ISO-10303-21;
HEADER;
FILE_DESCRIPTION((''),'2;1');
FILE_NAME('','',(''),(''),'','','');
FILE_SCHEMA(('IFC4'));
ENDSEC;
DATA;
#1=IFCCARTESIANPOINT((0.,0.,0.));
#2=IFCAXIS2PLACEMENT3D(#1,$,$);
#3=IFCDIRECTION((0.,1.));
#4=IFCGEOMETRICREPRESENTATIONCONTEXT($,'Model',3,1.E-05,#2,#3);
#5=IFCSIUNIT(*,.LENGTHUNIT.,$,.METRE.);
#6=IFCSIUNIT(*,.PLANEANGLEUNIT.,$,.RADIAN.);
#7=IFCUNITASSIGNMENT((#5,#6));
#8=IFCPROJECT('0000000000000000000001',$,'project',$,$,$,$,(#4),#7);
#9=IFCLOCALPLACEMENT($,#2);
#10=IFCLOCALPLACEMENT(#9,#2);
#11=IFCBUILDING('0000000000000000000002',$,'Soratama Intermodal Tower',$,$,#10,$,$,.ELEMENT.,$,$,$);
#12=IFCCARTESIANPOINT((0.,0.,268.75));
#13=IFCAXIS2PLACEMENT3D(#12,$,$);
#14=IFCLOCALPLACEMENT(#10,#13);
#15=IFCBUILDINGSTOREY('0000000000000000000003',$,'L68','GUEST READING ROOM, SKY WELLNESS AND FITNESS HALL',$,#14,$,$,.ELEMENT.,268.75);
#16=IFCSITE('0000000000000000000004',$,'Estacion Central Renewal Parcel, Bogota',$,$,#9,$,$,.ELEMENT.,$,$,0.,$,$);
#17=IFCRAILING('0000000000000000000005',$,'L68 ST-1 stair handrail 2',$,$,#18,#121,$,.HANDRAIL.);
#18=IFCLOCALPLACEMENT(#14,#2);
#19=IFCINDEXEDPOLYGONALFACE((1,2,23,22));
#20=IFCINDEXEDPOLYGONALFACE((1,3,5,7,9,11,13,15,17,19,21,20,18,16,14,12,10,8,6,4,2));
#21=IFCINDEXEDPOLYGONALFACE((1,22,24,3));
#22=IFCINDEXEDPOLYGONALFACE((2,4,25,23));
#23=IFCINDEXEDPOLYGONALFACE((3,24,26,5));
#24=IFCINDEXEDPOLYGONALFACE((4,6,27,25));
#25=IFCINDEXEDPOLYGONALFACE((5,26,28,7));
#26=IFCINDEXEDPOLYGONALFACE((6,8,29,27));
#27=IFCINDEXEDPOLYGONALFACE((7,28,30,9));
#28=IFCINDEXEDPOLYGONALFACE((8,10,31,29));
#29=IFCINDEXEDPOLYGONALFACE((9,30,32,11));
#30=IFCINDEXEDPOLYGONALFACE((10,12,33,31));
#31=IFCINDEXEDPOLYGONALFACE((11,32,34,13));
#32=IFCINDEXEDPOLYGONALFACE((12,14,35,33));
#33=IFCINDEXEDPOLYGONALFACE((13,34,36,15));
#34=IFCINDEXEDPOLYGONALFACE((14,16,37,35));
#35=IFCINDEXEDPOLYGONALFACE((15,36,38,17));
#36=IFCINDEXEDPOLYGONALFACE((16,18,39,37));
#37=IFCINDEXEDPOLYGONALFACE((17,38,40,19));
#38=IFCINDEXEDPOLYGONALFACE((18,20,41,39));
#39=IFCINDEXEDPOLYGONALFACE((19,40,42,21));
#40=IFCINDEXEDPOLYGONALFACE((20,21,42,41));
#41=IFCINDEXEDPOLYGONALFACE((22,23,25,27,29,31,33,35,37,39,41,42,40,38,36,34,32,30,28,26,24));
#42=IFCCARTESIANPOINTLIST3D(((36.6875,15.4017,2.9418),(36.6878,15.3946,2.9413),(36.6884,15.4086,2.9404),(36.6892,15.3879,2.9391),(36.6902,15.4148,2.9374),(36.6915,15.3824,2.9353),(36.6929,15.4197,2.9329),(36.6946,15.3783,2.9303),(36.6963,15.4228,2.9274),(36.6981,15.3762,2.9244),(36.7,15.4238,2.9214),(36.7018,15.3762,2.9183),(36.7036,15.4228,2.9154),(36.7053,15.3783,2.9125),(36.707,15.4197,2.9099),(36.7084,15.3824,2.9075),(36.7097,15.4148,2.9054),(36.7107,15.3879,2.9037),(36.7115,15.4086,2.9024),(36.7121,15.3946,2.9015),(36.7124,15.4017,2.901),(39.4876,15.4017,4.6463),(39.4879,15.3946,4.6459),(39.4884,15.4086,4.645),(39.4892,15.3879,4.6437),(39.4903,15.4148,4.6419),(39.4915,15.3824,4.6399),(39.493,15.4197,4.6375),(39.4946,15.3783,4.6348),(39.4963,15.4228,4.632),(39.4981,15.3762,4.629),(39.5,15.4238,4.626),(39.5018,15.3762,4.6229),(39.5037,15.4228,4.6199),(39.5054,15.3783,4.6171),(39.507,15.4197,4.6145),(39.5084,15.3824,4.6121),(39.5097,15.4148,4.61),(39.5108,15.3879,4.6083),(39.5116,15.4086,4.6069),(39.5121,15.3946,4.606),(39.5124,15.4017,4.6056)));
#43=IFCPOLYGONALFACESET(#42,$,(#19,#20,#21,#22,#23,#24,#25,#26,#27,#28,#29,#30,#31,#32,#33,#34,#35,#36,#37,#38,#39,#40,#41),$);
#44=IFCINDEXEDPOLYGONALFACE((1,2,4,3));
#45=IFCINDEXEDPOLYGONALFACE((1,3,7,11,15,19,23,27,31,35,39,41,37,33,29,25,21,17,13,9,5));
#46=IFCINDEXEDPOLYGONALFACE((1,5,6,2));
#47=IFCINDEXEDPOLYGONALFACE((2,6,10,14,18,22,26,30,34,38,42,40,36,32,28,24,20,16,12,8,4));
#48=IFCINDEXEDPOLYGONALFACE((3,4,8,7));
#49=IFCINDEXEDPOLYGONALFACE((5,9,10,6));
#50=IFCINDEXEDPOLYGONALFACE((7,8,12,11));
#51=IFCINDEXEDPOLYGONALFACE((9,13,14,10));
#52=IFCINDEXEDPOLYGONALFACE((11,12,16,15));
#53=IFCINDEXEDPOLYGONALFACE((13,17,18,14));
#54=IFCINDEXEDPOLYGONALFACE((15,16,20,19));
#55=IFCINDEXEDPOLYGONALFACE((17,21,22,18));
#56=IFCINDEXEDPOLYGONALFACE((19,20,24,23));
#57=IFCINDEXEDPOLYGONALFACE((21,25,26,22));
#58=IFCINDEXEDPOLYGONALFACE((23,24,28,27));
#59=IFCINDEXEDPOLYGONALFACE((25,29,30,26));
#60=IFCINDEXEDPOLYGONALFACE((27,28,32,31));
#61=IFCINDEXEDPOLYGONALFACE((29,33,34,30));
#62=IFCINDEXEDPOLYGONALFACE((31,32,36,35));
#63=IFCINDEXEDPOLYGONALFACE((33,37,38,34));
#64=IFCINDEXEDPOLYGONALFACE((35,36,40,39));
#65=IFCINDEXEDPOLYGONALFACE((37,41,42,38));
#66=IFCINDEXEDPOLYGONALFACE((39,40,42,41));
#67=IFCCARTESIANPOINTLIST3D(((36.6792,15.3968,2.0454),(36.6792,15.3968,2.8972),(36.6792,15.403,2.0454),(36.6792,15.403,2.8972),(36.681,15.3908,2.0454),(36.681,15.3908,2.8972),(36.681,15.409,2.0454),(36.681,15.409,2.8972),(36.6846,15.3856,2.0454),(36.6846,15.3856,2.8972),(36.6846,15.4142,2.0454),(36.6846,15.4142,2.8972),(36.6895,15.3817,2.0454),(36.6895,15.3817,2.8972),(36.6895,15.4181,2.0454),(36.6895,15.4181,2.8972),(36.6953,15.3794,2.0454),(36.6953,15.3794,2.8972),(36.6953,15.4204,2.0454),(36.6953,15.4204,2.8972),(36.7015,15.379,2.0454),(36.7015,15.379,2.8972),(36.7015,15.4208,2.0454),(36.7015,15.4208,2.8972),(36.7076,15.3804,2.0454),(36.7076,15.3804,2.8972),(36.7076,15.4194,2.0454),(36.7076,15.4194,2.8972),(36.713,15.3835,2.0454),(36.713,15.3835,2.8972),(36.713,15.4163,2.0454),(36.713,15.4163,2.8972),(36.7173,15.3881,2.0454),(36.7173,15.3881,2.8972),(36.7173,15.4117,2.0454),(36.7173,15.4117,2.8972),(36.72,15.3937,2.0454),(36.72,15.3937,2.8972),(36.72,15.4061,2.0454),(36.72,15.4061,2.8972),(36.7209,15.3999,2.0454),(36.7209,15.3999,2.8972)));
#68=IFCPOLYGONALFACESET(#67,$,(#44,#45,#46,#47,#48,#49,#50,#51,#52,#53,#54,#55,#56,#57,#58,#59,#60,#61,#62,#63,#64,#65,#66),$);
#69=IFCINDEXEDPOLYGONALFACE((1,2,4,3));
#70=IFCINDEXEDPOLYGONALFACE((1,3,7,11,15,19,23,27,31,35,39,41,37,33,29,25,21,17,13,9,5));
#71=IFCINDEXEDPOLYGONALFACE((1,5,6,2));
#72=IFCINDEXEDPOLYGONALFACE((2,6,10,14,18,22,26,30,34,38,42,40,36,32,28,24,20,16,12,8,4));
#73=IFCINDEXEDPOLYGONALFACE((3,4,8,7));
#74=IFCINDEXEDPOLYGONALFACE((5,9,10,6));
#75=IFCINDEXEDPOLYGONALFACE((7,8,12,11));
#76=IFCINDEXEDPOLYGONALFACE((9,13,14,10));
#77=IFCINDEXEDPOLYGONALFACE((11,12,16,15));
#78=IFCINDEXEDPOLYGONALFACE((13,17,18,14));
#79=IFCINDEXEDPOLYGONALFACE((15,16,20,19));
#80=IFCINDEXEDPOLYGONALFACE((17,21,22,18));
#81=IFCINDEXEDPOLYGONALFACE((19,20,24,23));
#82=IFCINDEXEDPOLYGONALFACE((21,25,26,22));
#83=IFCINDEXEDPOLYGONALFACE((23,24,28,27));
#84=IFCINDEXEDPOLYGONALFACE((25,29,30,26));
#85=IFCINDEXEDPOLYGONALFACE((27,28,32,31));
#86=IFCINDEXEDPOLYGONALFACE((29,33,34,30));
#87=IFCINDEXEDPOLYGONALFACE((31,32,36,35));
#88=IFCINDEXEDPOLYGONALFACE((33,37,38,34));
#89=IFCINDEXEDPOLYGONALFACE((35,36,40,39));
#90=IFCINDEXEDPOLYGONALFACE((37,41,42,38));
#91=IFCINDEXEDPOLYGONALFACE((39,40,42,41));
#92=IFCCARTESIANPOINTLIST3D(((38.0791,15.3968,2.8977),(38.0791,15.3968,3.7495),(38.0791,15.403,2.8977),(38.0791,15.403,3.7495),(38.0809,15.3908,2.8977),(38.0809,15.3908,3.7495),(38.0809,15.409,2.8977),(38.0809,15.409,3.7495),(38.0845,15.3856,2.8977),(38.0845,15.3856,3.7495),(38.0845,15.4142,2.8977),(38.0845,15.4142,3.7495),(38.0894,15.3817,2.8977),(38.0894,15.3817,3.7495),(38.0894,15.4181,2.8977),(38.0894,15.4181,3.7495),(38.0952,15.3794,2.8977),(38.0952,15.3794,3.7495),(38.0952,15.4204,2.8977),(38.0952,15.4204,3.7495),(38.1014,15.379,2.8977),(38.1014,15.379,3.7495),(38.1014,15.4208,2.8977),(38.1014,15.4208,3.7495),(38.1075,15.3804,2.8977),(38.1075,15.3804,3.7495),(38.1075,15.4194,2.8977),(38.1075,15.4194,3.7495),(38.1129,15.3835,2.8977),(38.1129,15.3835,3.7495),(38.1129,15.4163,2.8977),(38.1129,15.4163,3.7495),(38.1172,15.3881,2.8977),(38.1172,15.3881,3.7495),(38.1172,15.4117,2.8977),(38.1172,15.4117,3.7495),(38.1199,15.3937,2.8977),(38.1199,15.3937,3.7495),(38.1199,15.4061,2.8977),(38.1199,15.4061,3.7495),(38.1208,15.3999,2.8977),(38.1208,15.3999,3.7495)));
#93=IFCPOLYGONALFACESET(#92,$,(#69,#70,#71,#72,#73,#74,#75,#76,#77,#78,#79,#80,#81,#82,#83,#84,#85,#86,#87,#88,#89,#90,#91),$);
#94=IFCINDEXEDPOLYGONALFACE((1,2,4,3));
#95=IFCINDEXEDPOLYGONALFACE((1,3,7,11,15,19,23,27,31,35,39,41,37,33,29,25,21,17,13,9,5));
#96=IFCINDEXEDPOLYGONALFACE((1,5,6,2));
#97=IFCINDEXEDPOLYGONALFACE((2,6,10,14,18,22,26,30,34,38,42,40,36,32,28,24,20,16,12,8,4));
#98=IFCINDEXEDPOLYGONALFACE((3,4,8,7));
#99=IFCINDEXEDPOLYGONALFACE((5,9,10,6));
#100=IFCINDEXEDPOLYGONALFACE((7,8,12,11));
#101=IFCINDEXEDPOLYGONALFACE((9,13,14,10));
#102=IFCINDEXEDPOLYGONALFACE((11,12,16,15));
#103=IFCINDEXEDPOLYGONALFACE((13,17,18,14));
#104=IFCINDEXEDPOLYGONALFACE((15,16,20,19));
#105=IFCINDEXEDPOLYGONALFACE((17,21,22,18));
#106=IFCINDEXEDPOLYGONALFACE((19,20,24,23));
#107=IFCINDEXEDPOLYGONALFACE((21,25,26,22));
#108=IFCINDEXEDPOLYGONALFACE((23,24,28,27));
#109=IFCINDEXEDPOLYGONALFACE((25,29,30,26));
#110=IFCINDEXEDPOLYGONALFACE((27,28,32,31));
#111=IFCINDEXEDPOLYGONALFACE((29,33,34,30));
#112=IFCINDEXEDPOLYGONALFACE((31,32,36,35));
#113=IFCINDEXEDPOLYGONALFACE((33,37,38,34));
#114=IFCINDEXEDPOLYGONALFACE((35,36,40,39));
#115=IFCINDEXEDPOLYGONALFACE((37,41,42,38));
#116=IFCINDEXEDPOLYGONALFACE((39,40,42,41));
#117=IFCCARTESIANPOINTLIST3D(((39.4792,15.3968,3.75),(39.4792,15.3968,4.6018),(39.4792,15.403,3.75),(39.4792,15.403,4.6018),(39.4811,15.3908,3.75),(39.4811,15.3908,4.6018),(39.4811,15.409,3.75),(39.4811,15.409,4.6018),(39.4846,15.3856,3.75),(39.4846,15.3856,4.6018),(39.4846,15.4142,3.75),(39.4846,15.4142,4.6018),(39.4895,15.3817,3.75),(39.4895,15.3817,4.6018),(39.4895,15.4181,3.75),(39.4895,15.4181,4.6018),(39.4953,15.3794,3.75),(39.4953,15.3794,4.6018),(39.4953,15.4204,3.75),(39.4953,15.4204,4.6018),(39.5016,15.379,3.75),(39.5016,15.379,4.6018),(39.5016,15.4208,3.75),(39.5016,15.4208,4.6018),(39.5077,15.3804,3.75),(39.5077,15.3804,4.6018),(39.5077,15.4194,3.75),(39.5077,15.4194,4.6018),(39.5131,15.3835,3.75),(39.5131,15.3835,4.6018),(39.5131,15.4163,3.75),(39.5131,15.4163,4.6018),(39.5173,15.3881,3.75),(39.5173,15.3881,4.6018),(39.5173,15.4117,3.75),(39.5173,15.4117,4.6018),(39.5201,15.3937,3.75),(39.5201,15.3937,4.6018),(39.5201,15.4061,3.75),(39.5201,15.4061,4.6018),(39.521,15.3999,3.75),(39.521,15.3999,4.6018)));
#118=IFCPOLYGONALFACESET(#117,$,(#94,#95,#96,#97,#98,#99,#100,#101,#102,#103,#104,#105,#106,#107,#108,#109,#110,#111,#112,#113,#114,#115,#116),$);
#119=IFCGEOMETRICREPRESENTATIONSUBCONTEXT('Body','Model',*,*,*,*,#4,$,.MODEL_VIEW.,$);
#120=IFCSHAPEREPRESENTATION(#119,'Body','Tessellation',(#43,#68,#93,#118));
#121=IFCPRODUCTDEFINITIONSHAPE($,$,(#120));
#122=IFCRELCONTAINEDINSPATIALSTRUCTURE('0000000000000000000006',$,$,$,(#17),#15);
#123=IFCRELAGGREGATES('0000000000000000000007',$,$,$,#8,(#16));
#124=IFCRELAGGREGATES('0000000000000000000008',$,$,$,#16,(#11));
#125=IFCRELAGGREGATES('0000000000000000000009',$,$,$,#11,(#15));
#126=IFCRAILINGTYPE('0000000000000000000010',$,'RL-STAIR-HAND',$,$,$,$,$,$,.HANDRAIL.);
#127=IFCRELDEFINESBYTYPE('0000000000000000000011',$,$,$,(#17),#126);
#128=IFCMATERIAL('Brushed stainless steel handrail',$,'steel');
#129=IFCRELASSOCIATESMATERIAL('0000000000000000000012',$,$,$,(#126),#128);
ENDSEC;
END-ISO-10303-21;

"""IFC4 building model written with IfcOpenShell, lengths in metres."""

from ifc_helpers import new_model, si_unit, direction, frame, origin, origin_2d, place, context, subcontext, project, spatial, circle, extrude, material, type_object, element, save


model = new_model("IFC4")

# Units and contexts
model_context = context("Model", 3, precision=1e-05, world=origin(), true_north=direction((0.0, 1.0)))
body_context = subcontext(model_context, "Body", "Model", "MODEL_VIEW")
ifc_project = project(units=[si_unit("LENGTHUNIT", "METRE"), si_unit("PLANEANGLEUNIT", "RADIAN")], contexts=[model_context])

# Site, building, storey
site_placement = place(None, origin())
site = spatial("IfcSite", under=ifc_project, at=site_placement, Name="Estacion Central Renewal Parcel, Bogota", CompositionType="ELEMENT", RefElevation=0.0)
building_placement = place(site_placement, origin())
building = spatial("IfcBuilding", under=site, at=building_placement, Name="Soratama Intermodal Tower", CompositionType="ELEMENT")
storey_placement = place(building_placement, frame((0.0, 0.0, 268.75)))
storey = spatial("IfcBuildingStorey", under=building, at=storey_placement, Name="L68", Description="GUEST READING ROOM, SKY WELLNESS AND FITNESS HALL", CompositionType="ELEMENT", Elevation=268.75)

# Railing
ifc_material_1 = material(Name="Brushed stainless steel handrail", Category="steel")
railing_type_1 = type_object("IfcRailingType", Name="RL-STAIR-HAND", PredefinedType="HANDRAIL", material=ifc_material_1)
railing_1_placement = place(storey_placement, frame((36.7, 15.3999, 2.0454)))
element("IfcRailing", 1, at=railing_1_placement, inside=storey, type_object=railing_type_1, Name="L68 ST-1 stair handrail 2", PredefinedType="HANDRAIL", context=body_context, shape_type="SweptSolid", body=[
    extrude(circle(Radius=0.0239, at=origin_2d()), frame((0.0, 0.0, 0.876), z_axis=(0.85417, 0.0, 0.519994), x_axis=(0.0, 1.0, 0.0)), (0.0, 0.0, 1.0), 3.2781),
    extrude(circle(Radius=0.021, at=origin_2d()), origin(), (0.0, 0.0, 1.0), 0.8518),
    extrude(circle(Radius=0.021, at=origin_2d()), frame((1.3999, 0.0, 0.8523)), (0.0, 0.0, 1.0), 0.8518),
    extrude(circle(Radius=0.021, at=origin_2d()), frame((2.8, 0.0, 1.7046)), (0.0, 0.0, 1.0), 0.8518),
])

save(model, "model.ifc")
